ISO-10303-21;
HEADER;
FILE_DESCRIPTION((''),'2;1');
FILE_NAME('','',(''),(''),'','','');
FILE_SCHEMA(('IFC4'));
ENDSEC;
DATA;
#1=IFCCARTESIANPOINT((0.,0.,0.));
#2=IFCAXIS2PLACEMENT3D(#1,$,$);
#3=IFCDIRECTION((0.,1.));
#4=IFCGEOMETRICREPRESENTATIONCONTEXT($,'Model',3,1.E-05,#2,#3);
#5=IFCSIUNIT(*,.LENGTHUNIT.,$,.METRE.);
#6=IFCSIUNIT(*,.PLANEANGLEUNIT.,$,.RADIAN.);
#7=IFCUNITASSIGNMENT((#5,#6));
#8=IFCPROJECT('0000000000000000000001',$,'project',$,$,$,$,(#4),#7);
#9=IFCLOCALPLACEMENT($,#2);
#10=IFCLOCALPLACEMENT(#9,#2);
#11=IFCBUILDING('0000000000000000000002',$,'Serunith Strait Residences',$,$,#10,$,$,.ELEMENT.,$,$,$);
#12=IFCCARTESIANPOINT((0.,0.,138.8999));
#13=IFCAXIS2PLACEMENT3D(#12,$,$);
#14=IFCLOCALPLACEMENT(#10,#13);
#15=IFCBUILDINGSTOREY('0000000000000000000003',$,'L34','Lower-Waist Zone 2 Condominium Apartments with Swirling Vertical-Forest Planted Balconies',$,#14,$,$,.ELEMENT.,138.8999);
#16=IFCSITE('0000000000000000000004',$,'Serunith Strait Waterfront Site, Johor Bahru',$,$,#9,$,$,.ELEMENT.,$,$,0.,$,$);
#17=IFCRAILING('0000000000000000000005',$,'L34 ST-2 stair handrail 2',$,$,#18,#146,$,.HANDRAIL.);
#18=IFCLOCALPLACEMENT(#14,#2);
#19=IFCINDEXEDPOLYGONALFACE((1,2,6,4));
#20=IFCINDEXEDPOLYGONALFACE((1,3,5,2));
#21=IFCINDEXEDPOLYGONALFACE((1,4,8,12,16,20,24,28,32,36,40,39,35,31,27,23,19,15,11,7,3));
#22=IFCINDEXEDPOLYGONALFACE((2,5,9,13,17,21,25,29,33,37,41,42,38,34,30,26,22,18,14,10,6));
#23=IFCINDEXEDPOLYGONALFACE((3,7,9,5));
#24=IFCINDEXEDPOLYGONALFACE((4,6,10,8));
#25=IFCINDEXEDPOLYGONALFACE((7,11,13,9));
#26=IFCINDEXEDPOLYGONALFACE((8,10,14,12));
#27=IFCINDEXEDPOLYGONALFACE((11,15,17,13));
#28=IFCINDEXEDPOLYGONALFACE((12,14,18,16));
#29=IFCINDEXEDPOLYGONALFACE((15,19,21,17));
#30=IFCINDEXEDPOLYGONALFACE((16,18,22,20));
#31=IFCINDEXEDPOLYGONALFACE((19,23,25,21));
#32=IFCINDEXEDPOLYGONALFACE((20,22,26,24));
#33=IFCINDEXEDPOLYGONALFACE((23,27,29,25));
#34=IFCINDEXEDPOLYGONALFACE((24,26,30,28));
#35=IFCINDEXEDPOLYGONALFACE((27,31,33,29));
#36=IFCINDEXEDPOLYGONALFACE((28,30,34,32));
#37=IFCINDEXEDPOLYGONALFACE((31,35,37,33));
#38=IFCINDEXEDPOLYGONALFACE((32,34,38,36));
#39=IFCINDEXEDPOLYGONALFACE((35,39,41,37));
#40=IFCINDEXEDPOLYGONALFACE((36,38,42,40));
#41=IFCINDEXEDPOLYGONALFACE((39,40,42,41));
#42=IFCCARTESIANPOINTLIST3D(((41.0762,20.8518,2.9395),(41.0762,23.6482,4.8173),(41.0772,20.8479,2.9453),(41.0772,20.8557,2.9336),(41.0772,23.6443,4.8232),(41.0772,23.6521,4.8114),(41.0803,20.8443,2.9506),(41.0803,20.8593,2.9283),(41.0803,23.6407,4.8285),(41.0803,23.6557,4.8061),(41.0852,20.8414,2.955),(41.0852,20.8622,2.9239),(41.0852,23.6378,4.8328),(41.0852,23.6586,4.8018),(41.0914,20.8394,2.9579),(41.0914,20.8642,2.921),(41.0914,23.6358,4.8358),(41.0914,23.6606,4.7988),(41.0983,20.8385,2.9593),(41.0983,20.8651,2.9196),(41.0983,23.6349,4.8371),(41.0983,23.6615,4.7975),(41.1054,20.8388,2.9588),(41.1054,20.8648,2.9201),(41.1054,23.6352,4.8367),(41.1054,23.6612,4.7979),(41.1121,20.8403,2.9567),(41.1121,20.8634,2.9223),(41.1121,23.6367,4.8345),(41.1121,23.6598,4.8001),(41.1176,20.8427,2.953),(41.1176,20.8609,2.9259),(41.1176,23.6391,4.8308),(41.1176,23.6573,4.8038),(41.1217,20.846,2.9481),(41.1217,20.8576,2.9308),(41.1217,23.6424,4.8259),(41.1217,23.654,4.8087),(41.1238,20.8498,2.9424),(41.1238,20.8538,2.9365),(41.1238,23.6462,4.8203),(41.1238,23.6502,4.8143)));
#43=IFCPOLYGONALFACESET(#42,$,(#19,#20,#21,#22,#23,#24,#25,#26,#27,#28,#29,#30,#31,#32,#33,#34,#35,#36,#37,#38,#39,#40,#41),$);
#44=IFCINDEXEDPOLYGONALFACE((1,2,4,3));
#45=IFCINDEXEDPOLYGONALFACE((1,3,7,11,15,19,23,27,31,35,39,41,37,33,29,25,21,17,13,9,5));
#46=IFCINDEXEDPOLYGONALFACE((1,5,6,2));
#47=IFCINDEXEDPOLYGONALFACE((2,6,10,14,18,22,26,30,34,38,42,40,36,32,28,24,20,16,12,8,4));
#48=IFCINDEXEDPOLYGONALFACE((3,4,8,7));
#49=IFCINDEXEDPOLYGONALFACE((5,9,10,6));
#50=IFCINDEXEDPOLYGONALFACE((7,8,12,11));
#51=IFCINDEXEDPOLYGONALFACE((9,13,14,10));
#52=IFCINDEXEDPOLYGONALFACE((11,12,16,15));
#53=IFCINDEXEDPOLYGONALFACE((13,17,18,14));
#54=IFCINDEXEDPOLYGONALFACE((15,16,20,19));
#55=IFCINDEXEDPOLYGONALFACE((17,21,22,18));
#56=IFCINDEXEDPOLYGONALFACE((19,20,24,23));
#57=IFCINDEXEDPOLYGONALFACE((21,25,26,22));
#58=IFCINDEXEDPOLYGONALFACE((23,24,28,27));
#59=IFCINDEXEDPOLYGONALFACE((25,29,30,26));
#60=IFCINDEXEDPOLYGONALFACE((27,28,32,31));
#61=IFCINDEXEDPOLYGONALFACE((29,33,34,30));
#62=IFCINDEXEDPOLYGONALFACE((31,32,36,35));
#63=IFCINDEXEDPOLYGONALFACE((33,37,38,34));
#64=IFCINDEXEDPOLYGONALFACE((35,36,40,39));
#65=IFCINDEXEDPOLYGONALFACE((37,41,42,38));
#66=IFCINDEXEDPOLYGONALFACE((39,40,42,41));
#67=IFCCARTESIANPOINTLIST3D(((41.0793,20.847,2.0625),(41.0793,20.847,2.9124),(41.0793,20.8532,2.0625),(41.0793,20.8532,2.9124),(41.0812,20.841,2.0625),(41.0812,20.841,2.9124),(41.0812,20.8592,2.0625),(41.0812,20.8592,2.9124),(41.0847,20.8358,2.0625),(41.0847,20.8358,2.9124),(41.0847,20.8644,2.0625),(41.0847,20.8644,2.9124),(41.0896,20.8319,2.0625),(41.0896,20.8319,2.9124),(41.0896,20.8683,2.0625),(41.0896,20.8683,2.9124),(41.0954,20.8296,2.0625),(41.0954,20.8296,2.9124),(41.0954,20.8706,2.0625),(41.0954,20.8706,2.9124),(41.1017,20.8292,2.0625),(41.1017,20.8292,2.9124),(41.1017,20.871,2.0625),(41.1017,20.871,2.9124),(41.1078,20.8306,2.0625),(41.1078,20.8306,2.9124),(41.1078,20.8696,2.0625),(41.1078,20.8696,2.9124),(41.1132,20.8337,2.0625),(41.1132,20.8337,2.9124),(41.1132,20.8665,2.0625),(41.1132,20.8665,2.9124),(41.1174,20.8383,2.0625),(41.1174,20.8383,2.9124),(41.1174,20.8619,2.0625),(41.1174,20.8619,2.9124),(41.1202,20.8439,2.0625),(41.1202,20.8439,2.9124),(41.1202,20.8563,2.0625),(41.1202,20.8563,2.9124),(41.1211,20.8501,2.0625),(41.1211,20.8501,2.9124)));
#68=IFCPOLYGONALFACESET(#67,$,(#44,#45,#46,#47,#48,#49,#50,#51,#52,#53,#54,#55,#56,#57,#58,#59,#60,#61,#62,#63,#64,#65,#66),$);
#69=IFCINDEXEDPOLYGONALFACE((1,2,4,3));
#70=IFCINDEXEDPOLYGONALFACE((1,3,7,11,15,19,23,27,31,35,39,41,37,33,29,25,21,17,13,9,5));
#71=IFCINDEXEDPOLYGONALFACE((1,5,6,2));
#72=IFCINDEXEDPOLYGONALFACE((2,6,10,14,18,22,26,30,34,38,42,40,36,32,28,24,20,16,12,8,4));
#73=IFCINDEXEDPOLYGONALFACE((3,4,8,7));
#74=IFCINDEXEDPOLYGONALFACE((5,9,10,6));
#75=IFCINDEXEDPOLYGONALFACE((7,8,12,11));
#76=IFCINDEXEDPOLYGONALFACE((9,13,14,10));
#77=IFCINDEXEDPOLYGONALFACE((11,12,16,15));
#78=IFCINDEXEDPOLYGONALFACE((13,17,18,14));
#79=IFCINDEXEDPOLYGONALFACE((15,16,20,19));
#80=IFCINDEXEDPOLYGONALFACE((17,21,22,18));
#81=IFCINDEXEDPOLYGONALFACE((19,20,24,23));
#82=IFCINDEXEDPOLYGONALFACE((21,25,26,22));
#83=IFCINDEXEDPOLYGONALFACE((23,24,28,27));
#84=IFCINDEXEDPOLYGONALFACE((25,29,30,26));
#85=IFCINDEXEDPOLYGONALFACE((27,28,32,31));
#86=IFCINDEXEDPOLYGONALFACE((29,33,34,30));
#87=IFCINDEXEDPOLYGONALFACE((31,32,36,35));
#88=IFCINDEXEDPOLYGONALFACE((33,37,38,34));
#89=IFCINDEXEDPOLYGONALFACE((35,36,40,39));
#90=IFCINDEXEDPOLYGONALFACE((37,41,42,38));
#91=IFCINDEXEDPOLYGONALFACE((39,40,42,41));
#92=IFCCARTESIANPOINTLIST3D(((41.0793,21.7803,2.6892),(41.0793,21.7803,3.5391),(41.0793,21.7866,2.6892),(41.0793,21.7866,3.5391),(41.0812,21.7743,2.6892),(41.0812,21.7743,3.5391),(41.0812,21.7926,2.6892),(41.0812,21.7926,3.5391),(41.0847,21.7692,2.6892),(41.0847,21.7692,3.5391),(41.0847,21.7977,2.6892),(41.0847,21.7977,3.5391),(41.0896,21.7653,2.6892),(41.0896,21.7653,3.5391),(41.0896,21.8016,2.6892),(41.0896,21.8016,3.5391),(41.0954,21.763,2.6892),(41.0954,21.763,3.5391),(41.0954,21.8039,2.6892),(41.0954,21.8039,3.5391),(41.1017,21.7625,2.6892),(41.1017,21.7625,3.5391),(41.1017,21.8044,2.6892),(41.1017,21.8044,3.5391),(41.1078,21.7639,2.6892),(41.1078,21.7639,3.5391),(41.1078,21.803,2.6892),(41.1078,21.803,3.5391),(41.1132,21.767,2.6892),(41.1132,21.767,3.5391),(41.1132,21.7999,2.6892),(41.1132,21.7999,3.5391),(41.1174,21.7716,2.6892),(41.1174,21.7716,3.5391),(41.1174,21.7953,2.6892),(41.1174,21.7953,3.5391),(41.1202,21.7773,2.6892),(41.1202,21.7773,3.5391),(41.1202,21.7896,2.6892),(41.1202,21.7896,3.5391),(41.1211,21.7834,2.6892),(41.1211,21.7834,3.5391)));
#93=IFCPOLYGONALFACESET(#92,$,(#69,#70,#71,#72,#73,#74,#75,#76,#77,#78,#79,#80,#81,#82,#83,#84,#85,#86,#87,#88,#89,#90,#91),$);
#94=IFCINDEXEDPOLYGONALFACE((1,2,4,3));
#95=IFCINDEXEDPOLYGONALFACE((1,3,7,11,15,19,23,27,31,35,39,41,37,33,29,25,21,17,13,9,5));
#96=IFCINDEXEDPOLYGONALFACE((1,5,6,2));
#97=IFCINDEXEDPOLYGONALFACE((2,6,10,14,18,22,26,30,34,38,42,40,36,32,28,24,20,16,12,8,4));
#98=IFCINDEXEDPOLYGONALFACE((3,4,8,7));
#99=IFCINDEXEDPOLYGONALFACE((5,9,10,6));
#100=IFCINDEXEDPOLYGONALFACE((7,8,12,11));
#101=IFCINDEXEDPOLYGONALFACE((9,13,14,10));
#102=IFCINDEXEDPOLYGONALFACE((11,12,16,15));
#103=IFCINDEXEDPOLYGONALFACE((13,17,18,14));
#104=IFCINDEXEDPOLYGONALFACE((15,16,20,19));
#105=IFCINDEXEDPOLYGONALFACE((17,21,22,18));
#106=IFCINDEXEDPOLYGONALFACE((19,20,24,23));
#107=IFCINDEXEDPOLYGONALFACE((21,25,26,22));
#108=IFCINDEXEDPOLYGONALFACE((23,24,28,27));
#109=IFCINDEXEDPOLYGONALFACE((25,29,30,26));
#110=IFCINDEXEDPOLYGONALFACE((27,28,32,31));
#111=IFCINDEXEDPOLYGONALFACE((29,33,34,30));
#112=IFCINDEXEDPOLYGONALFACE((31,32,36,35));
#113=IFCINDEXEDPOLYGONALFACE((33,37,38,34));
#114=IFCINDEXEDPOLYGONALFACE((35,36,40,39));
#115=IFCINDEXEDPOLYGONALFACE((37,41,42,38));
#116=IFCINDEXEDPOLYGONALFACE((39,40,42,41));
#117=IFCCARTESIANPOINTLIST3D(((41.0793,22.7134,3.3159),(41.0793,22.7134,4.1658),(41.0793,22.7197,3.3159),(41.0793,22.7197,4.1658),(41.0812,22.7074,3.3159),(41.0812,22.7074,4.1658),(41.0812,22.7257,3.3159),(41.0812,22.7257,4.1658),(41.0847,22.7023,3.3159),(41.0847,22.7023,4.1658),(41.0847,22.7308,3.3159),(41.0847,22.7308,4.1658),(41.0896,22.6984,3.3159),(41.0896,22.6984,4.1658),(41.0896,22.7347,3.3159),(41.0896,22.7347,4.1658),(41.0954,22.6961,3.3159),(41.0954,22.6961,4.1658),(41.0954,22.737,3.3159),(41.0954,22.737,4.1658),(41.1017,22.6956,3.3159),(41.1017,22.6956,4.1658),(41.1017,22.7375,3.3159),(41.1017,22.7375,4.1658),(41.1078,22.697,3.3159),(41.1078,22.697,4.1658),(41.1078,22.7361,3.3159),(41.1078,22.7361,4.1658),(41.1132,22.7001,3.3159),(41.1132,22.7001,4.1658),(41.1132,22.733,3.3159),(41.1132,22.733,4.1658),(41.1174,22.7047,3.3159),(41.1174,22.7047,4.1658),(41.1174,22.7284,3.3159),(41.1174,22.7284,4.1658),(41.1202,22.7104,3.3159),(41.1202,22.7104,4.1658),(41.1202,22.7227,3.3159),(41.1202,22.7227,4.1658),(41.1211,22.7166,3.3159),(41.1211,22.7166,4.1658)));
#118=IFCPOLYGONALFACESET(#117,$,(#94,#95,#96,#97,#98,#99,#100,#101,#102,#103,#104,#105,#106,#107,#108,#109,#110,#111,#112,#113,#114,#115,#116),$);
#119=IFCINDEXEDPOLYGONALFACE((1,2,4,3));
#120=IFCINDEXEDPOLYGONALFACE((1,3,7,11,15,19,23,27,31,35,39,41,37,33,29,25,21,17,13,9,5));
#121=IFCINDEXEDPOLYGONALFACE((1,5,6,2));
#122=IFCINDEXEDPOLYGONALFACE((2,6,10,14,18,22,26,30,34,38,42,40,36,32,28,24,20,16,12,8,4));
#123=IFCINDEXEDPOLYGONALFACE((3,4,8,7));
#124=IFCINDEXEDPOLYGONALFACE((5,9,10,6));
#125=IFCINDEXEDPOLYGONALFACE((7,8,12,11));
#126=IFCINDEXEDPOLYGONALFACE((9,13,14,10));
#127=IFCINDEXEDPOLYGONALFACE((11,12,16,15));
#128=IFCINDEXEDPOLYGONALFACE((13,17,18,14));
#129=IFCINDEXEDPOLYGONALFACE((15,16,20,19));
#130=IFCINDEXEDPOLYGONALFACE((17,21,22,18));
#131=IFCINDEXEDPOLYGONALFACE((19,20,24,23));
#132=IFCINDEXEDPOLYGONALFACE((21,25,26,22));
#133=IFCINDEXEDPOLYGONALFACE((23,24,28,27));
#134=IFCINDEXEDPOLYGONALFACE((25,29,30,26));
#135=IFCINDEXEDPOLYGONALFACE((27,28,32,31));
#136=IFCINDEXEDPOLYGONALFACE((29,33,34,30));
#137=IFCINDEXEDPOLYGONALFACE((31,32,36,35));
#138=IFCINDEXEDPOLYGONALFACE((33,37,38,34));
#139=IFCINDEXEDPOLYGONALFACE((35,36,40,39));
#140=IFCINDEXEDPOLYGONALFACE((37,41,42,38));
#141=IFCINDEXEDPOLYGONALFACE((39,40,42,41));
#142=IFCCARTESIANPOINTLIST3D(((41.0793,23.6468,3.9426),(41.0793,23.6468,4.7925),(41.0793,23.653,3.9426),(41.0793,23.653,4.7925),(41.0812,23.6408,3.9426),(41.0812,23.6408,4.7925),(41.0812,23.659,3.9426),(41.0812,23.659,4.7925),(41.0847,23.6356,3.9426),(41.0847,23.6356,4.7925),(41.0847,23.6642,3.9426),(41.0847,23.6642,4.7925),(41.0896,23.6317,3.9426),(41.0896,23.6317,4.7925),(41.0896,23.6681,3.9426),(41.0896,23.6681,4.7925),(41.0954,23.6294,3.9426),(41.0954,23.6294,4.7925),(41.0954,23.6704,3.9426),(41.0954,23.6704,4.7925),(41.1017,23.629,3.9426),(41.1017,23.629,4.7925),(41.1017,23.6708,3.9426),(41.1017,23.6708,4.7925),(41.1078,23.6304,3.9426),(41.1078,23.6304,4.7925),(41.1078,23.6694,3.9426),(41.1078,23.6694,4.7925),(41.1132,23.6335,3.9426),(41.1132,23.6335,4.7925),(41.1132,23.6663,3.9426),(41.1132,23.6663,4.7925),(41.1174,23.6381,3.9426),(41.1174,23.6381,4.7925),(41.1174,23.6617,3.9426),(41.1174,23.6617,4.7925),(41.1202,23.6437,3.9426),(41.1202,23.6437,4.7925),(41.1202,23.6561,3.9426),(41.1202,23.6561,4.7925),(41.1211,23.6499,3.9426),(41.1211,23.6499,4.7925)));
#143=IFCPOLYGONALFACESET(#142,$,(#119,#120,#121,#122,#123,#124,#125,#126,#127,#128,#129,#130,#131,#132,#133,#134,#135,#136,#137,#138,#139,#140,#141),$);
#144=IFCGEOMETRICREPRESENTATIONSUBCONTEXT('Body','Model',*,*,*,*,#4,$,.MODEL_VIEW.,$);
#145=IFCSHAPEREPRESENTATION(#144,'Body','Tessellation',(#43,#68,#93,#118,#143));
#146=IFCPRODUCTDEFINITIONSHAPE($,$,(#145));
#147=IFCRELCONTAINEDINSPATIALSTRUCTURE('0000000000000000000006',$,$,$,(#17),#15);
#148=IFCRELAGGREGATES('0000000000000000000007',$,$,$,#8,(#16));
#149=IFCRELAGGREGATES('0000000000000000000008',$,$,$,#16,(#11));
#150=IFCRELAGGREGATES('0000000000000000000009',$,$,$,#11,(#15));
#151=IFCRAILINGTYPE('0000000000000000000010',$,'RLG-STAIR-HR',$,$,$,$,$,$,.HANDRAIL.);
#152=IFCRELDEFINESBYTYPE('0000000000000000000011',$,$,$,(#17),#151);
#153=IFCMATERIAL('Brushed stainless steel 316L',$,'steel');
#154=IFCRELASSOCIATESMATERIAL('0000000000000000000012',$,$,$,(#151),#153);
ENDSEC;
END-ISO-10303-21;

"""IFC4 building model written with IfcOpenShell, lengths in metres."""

from ifc_helpers import new_model, si_unit, direction, frame, origin, origin_2d, place, context, subcontext, project, spatial, circle, extrude, material, type_object, element, save


model = new_model("IFC4")

# Units and contexts
model_context = context("Model", 3, precision=1e-05, world=origin(), true_north=direction((0.0, 1.0)))
body_context = subcontext(model_context, "Body", "Model", "MODEL_VIEW")
ifc_project = project(units=[si_unit("LENGTHUNIT", "METRE"), si_unit("PLANEANGLEUNIT", "RADIAN")], contexts=[model_context])

# Site, building, storey
site_placement = place(None, origin())
site = spatial("IfcSite", under=ifc_project, at=site_placement, Name="Serunith Strait Waterfront Site, Johor Bahru", CompositionType="ELEMENT", RefElevation=0.0)
building_placement = place(site_placement, origin())
building = spatial("IfcBuilding", under=site, at=building_placement, Name="Serunith Strait Residences", CompositionType="ELEMENT")
storey_placement = place(building_placement, frame((0.0, 0.0, 138.8999)))
storey = spatial("IfcBuildingStorey", under=building, at=storey_placement, Name="L34", Description="Lower-Waist Zone 2 Condominium Apartments with Swirling Vertical-Forest Planted Balconies", CompositionType="ELEMENT", Elevation=138.8999)

# Railing
ifc_material_1 = material(Name="Brushed stainless steel 316L", Category="steel")
railing_type_1 = type_object("IfcRailingType", Name="RLG-STAIR-HR", PredefinedType="HANDRAIL", material=ifc_material_1)
railing_1_placement = place(storey_placement, frame((41.1001, 20.8501, 2.0625)))
element("IfcRailing", 1, at=railing_1_placement, inside=storey, type_object=railing_type_1, Name="L34 ST-2 stair handrail 2", PredefinedType="HANDRAIL", context=body_context, shape_type="SweptSolid", body=[
    extrude(circle(Radius=0.0239, at=origin_2d()), frame((0.0, 0.0017, 0.877), z_axis=(0.0, 0.830186, 0.557487), x_axis=(-1.0, 0.0, 0.0)), (0.0, 0.0, 1.0), 3.3684),
    extrude(circle(Radius=0.021, at=origin_2d()), origin(), (0.0, 0.0, 1.0), 0.8499),
    extrude(circle(Radius=0.021, at=origin_2d()), frame((0.0, 0.9333, 0.6267)), (0.0, 0.0, 1.0), 0.8499),
    extrude(circle(Radius=0.021, at=origin_2d()), frame((0.0, 1.8665, 1.2534)), (0.0, 0.0, 1.0), 0.8499),
    extrude(circle(Radius=0.021, at=origin_2d()), frame((0.0, 2.7998, 1.8801)), (0.0, 0.0, 1.0), 0.8499),
])

save(model, "model.ifc")
